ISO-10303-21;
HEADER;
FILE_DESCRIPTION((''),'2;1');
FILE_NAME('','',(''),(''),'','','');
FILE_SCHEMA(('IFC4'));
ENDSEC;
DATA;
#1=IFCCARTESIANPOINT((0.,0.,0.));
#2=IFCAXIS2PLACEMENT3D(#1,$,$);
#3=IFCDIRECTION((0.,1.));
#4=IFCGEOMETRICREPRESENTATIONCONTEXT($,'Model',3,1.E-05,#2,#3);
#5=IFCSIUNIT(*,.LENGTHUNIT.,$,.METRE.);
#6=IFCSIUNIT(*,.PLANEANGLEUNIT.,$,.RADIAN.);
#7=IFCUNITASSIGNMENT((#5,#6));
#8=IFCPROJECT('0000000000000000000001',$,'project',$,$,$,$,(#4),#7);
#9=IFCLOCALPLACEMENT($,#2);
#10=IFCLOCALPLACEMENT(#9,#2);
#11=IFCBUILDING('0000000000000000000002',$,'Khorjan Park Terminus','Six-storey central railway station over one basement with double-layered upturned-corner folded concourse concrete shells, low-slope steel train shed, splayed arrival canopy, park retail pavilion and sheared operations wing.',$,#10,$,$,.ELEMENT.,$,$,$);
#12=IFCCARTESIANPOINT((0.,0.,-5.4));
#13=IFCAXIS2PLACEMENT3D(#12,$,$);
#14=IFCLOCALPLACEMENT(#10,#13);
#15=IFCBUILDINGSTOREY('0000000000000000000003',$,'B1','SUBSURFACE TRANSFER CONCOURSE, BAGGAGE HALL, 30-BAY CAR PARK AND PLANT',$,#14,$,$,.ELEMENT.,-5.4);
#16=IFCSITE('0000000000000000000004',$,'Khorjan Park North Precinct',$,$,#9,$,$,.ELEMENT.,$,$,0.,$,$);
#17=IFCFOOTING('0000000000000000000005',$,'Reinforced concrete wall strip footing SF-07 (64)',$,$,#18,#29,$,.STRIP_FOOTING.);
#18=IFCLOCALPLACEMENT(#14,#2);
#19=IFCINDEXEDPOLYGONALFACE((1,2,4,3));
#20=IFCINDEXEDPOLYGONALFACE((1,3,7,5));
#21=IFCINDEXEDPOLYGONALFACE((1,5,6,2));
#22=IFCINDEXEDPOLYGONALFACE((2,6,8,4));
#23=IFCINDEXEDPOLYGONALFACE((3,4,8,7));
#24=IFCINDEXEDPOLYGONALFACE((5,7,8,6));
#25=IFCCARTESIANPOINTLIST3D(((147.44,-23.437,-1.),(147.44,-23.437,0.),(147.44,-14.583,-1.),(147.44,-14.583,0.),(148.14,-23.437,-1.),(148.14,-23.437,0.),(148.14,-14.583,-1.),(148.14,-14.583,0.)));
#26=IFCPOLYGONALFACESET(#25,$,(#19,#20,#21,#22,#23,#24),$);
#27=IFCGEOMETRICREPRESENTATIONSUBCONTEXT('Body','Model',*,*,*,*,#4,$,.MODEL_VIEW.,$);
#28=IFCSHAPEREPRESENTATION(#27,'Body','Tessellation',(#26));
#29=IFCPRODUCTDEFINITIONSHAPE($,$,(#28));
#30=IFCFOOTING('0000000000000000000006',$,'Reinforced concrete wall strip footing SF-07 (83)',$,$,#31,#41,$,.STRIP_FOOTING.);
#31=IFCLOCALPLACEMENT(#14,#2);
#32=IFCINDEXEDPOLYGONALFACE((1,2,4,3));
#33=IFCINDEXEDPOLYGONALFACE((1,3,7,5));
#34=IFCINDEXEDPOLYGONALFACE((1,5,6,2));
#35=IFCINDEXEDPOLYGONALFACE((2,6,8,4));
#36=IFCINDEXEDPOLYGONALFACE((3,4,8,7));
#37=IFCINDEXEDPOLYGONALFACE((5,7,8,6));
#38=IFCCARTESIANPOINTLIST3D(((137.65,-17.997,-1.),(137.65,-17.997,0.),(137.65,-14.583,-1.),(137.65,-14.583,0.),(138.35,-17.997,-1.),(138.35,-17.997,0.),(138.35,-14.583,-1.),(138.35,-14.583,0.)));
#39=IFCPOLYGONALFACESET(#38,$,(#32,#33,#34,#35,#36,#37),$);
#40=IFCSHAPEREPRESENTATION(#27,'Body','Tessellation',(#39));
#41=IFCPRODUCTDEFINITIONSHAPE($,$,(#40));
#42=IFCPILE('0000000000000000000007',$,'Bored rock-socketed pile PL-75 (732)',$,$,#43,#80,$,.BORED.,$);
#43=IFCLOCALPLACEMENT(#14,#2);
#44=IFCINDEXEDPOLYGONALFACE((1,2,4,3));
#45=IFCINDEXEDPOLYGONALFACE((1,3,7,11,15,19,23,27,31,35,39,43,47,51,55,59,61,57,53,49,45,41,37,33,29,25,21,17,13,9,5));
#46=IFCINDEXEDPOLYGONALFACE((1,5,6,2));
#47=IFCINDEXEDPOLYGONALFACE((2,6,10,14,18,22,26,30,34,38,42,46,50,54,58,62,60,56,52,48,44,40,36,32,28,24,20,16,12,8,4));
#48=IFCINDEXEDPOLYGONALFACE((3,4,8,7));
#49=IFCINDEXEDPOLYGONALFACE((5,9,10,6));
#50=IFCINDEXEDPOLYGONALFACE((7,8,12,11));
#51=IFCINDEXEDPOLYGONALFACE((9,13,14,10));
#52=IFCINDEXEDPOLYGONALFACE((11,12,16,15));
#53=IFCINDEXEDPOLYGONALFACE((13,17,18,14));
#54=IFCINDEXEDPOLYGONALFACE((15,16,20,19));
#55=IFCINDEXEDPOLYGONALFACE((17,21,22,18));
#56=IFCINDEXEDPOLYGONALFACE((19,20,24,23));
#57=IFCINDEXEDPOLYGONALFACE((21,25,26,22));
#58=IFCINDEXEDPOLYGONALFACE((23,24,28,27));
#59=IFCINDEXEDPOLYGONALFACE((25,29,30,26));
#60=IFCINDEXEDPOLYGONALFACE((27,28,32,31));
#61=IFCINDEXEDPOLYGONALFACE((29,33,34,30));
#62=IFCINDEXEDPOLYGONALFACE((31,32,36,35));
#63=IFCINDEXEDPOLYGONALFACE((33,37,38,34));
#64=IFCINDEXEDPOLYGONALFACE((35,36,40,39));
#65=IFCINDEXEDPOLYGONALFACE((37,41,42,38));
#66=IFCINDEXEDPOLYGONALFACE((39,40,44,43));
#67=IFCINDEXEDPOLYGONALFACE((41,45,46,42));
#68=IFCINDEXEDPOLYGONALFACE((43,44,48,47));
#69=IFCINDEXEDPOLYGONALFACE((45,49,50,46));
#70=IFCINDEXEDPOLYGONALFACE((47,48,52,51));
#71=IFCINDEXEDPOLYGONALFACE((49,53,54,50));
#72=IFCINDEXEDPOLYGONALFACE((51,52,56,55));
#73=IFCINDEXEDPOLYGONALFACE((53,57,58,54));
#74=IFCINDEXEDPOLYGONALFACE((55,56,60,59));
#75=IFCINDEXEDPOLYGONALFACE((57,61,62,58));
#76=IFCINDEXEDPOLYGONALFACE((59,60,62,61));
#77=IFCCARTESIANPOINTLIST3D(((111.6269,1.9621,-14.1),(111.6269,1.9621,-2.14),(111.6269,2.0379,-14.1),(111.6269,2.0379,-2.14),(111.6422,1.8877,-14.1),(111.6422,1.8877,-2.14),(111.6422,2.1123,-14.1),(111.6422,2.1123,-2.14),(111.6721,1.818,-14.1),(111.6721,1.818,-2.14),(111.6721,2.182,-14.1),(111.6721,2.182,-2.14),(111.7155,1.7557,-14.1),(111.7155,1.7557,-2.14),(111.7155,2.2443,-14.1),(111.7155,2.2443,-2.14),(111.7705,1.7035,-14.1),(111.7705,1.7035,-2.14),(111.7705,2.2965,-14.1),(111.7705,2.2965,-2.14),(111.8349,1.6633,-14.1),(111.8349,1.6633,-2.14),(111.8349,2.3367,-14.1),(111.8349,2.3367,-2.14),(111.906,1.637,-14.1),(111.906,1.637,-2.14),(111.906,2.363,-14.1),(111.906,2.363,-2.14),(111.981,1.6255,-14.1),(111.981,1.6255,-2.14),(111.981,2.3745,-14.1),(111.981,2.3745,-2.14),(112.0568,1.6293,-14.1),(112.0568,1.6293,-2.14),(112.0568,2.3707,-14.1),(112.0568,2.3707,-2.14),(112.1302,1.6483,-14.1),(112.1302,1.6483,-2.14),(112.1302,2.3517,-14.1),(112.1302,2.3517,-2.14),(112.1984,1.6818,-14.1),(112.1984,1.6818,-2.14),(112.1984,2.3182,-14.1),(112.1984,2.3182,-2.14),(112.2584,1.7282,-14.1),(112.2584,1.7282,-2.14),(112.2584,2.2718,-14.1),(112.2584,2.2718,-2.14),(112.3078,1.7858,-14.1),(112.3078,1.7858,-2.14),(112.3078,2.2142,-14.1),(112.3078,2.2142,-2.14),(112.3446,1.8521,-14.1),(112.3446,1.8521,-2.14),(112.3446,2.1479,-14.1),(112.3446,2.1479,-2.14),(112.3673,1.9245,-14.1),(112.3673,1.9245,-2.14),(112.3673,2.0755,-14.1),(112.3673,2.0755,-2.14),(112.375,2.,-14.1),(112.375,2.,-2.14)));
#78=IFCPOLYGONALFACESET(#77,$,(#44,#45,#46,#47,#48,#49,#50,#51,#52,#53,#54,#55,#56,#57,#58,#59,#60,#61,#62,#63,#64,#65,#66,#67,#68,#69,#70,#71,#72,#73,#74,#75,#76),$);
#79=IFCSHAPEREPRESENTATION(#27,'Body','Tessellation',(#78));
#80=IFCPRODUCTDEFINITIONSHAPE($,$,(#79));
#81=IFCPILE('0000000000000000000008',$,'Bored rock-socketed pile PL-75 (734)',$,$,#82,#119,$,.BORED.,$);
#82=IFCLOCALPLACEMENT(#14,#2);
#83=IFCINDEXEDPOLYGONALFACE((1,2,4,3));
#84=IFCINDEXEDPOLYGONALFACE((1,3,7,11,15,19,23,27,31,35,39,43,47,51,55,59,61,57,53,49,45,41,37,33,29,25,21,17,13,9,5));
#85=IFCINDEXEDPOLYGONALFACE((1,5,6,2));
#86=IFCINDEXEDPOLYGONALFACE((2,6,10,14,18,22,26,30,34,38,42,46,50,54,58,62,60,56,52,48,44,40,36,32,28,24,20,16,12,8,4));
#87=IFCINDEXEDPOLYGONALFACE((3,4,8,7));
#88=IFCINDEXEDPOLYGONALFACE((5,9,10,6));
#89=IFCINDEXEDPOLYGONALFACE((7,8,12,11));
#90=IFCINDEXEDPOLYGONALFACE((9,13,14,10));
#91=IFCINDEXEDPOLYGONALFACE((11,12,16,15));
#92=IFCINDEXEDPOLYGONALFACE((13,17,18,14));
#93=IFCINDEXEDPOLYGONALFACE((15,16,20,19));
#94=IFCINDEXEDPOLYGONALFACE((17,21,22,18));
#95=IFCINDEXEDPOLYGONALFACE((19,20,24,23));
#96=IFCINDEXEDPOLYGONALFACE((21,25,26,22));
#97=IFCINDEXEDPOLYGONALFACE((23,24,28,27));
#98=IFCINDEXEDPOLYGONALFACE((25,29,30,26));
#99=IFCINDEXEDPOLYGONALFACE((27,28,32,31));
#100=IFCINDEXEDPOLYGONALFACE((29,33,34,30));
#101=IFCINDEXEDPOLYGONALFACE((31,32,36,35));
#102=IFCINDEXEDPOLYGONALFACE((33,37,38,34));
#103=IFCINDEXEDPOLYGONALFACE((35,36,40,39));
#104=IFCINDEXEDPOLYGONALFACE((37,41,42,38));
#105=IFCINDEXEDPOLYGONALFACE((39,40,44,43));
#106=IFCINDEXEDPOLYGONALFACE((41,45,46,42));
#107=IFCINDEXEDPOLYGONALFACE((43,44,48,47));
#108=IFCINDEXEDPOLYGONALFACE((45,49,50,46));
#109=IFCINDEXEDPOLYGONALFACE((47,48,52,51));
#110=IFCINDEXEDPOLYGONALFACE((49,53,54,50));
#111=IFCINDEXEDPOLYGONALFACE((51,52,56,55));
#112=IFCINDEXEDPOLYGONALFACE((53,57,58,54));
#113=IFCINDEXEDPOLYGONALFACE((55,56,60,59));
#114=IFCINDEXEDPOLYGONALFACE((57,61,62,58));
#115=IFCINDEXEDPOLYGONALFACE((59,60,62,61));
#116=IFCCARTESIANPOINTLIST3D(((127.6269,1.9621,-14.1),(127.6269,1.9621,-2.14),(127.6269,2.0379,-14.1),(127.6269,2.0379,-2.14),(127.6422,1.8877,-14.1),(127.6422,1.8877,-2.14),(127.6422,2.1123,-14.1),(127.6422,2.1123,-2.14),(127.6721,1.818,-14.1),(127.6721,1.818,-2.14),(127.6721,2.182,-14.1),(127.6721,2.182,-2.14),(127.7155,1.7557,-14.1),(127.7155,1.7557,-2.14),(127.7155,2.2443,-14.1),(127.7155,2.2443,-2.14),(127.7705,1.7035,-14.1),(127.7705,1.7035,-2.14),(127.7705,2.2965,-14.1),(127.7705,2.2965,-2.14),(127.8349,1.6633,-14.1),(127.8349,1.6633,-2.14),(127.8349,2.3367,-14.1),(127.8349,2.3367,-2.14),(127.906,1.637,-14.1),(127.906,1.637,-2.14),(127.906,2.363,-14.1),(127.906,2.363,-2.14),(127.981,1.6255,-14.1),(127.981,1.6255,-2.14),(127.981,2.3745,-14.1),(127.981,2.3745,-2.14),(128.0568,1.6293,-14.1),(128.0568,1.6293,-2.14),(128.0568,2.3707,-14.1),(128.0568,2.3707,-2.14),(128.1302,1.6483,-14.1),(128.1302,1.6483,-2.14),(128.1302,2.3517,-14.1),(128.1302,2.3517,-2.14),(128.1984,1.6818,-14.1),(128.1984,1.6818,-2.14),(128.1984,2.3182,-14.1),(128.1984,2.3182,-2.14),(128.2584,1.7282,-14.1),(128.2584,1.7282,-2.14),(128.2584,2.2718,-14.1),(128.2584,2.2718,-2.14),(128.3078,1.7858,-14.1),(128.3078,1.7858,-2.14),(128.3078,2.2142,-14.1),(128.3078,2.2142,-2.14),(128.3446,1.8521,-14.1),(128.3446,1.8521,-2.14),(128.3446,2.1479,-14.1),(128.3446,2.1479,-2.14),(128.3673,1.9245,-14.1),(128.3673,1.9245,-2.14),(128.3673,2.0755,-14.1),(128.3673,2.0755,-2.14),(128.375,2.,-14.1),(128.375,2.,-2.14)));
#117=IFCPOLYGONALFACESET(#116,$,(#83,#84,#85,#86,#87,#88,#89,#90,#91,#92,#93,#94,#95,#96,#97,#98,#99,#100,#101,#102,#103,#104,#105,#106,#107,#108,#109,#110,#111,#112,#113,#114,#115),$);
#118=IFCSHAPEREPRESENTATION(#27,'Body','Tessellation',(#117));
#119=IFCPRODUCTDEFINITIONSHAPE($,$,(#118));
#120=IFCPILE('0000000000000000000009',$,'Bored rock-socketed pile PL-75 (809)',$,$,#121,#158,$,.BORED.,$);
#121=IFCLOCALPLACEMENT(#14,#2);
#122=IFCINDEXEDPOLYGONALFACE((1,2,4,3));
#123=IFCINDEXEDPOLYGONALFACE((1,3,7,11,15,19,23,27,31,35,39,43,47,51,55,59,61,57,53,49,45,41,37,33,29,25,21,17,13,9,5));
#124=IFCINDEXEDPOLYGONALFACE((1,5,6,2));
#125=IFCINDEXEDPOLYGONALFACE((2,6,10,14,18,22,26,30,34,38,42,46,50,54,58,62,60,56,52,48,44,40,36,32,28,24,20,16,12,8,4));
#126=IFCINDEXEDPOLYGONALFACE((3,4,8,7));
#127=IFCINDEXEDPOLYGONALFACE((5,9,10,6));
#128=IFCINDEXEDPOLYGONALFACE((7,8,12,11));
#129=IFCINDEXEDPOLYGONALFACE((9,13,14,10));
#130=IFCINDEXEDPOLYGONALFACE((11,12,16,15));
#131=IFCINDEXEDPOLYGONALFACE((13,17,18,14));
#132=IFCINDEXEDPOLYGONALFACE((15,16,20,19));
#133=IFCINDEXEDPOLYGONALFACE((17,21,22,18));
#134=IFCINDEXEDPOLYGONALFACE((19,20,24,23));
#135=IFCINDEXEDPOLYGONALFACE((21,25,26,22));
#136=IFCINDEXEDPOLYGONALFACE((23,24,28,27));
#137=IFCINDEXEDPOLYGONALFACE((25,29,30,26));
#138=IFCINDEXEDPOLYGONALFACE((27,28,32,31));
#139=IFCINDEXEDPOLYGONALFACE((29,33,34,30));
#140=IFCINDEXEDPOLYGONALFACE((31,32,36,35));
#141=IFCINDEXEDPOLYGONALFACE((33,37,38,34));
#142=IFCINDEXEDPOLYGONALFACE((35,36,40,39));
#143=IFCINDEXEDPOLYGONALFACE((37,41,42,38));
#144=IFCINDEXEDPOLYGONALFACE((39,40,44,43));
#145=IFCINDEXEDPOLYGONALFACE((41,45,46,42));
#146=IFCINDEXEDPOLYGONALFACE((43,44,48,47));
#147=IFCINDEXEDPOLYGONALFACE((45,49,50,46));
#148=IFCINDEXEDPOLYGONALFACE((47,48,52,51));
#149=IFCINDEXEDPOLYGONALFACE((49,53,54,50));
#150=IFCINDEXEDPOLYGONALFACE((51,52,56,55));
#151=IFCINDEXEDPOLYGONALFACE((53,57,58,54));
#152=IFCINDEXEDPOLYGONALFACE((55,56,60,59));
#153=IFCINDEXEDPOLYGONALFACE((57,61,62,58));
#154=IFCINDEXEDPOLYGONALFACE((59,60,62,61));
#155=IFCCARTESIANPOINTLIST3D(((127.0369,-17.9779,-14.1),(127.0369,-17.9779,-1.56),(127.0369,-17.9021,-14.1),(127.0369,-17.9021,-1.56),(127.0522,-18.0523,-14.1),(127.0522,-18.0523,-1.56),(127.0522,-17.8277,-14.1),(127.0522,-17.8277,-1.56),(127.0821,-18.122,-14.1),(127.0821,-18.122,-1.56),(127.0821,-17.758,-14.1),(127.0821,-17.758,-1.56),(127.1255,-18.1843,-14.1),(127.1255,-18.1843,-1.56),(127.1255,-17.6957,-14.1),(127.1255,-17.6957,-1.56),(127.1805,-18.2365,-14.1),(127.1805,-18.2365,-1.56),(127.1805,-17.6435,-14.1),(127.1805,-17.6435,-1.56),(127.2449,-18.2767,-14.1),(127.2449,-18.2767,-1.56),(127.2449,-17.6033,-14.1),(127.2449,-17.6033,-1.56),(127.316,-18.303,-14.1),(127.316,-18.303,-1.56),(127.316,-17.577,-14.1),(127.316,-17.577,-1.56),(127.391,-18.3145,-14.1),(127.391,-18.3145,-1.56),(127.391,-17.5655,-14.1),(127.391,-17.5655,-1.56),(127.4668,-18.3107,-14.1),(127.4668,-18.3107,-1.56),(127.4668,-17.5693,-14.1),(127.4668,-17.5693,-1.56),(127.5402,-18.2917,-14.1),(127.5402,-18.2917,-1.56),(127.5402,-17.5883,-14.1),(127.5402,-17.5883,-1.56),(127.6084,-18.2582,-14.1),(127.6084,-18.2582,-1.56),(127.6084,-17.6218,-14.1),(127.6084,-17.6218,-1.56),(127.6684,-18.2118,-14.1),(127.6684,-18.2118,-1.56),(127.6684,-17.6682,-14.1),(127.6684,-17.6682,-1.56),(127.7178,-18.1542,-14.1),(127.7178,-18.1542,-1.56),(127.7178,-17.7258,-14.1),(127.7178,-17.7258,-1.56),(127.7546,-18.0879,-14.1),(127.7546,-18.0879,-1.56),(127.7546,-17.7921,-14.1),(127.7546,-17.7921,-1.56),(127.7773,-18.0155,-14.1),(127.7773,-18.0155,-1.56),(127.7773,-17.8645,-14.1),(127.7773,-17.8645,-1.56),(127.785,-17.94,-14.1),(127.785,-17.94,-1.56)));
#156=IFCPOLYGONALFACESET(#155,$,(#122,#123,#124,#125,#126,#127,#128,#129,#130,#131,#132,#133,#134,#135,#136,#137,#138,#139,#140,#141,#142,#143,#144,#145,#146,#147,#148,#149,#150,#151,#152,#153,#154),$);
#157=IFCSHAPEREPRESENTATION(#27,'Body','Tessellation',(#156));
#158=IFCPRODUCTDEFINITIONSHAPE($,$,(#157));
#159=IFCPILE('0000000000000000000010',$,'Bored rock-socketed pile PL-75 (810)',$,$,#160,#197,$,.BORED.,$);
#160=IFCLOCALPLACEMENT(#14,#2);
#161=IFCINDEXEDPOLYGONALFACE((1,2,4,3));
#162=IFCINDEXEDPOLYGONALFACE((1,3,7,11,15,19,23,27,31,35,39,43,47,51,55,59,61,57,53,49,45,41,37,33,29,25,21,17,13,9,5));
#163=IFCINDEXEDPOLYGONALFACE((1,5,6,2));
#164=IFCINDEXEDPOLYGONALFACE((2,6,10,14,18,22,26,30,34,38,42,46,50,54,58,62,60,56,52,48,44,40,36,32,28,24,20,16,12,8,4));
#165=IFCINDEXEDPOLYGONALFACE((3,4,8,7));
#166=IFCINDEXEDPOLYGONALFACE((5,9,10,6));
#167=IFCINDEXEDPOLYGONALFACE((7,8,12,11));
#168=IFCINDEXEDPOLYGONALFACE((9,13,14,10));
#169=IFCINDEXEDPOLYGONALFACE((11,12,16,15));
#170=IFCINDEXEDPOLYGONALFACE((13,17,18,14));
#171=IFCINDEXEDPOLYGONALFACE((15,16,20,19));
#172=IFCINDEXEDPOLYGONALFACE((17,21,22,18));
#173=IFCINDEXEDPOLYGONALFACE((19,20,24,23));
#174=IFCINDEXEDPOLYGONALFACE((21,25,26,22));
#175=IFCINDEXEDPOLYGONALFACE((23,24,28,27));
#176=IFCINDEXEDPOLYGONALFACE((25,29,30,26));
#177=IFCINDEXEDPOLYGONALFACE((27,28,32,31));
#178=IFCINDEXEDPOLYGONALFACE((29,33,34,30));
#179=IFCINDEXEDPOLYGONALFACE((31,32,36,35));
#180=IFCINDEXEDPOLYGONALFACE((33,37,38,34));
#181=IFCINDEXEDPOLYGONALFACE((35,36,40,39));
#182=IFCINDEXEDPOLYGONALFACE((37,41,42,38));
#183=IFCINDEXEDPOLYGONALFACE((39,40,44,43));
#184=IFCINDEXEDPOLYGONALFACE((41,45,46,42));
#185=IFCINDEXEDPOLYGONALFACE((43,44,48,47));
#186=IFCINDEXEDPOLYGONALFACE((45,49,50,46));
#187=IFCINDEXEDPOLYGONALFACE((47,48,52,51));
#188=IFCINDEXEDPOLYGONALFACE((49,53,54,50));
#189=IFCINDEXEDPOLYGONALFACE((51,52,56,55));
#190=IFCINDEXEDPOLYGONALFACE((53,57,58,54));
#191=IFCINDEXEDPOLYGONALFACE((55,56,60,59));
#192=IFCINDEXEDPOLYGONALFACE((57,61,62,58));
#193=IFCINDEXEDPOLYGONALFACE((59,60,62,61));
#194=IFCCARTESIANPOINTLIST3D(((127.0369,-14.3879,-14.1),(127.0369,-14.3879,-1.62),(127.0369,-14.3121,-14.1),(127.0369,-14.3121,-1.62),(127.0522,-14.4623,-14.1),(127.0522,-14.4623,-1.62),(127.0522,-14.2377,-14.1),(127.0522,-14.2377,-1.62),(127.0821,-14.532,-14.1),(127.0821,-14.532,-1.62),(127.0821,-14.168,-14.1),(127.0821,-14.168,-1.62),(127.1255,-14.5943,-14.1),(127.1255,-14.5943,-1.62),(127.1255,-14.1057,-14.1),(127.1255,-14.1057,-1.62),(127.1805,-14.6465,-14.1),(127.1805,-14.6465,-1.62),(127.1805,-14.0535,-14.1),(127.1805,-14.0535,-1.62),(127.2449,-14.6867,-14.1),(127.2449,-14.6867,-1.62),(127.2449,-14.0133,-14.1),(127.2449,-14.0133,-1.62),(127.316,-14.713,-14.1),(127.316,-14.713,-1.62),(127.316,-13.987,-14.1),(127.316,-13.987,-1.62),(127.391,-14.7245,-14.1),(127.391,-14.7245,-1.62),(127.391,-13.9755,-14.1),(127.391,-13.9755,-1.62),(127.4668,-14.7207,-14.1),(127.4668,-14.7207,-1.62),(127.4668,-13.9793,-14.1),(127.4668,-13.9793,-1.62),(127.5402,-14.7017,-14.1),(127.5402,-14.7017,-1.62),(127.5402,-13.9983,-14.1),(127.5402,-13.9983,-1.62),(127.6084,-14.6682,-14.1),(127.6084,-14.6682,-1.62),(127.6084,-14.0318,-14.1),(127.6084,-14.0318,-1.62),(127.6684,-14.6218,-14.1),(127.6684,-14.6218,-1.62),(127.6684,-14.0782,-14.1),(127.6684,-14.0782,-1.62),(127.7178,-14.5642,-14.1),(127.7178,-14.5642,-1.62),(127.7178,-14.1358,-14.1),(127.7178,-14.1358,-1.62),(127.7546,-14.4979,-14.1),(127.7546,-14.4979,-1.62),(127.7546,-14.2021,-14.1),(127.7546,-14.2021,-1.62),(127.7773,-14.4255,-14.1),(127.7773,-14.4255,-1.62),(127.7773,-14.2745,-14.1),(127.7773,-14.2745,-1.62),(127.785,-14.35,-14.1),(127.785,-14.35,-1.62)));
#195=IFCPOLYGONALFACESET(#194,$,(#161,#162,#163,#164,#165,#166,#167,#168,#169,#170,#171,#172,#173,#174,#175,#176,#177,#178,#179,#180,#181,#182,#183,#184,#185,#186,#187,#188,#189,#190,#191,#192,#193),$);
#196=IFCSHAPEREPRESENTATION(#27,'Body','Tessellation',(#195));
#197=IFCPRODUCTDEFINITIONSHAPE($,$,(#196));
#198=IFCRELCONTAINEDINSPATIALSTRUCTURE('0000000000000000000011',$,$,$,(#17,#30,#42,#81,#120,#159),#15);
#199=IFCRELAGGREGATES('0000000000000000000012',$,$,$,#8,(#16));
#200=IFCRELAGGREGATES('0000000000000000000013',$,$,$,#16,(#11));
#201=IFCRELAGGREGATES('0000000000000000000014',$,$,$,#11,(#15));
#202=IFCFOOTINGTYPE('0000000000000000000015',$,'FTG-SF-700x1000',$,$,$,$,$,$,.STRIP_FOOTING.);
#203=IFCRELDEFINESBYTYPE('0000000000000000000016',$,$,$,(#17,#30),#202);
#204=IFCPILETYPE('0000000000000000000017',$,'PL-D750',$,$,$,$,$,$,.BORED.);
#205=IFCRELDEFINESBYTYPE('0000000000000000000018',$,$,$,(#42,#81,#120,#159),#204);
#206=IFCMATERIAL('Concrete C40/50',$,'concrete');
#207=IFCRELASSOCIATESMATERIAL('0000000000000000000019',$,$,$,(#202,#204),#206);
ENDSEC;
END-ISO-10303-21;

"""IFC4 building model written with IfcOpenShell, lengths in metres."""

from ifc_helpers import new_model, si_unit, direction, frame, origin, origin_2d, place, context, subcontext, project, spatial, rectangle, circle, extrude, material, material_profile, profile_set, type_object, element, save


model = new_model("IFC4")

# Units and contexts
model_context = context("Model", 3, precision=1e-05, world=origin(), true_north=direction((0.0, 1.0)))
body_context = subcontext(model_context, "Body", "Model", "MODEL_VIEW")
ifc_project = project(units=[si_unit("LENGTHUNIT", "METRE"), si_unit("PLANEANGLEUNIT", "RADIAN")], contexts=[model_context])

# Site, building, storey
site_placement = place(None, origin())
site = spatial("IfcSite", under=ifc_project, at=site_placement, Name="Khorjan Park North Precinct", CompositionType="ELEMENT", RefElevation=0.0)
building_placement = place(site_placement, origin())
building = spatial("IfcBuilding", under=site, at=building_placement, Name="Khorjan Park Terminus", Description="Six-storey central railway station over one basement with double-layered upturned-corner folded concourse concrete shells, low-slope steel train shed, splayed arrival canopy, park retail pavilion and sheared operations wing.", CompositionType="ELEMENT")
storey_placement = place(building_placement, frame((0.0, 0.0, -5.4)))
storey = spatial("IfcBuildingStorey", under=building, at=storey_placement, Name="B1", Description="SUBSURFACE TRANSFER CONCOURSE, BAGGAGE HALL, 30-BAY CAR PARK AND PLANT", CompositionType="ELEMENT", Elevation=-5.4)

# Footings
ifc_material_1 = material(Name="Concrete C40/50", Category="concrete")
ifc_material_profile_1 = material_profile(ifc_material_1, rectangle(XDim=0.7, YDim=1.0, at=origin_2d()), Name="RC 700x1000")
ifc_profile_set_1 = profile_set([ifc_material_profile_1], Name="Concrete C40/50")
footing_type_1 = type_object("IfcFootingType", Name="FTG-SF-700x1000", PredefinedType="STRIP_FOOTING", material=ifc_profile_set_1)
footing_1_placement = place(storey_placement, frame((147.79, -14.583, -0.5), z_axis=(0.0, -1.0, 0.0), x_axis=(1.0, 0.0, 0.0)))
element("IfcFooting", 1, at=footing_1_placement, inside=storey, type_object=footing_type_1, Name="Reinforced concrete wall strip footing SF-07 (64)", PredefinedType="STRIP_FOOTING", context=body_context, shape_type="SweptSolid", body=[
    extrude(rectangle(XDim=0.7, YDim=1.0, at=origin_2d()), origin(), (0.0, 0.0, 1.0), 8.854),
])
footing_2_placement = place(storey_placement, frame((138.0, -17.997, -0.5), z_axis=(0.0, 1.0, 0.0), x_axis=(-1.0, 0.0, 0.0)))
element("IfcFooting", 2, at=footing_2_placement, inside=storey, type_object=footing_type_1, Name="Reinforced concrete wall strip footing SF-07 (83)", PredefinedType="STRIP_FOOTING", context=body_context, shape_type="SweptSolid", body=[
    extrude(rectangle(XDim=0.7, YDim=1.0, at=origin_2d()), origin(), (0.0, 0.0, 1.0), 3.414),
])

# Piles
ifc_material_profile_2 = material_profile(ifc_material_1, circle(Radius=0.375, at=origin_2d()), Name="BORED D750")
ifc_profile_set_2 = profile_set([ifc_material_profile_2], Name="Concrete C40/50")
pile_type_1 = type_object("IfcPileType", Name="PL-D750", PredefinedType="BORED", material=ifc_profile_set_2)
for number, where, z_axis, x_axis, name in (
    (3, (112.0, 2.0, -2.14), (0.0, 0.0, -1.0), (1.0, 0.0, 0.0), "Bored rock-socketed pile PL-75 (732)"),
    (4, (128.0, 2.0, -2.14), (0.0, 0.0, -1.0), (1.0, 0.0, 0.0), "Bored rock-socketed pile PL-75 (734)"),
):
    element("IfcPile", number, at=place(storey_placement, frame(where, z_axis=z_axis, x_axis=x_axis)), inside=storey, type_object=pile_type_1, Name=name, PredefinedType="BORED", context=body_context, shape_type="SweptSolid", body=[
        extrude(circle(Radius=0.375, at=origin_2d()), origin(), (0.0, 0.0, 1.0), 11.96),
    ])
pile_1_placement = place(storey_placement, frame((127.41, -17.94, -1.56), z_axis=(0.0, 0.0, -1.0), x_axis=(1.0, 0.0, 0.0)))
element("IfcPile", 5, at=pile_1_placement, inside=storey, type_object=pile_type_1, Name="Bored rock-socketed pile PL-75 (809)", PredefinedType="BORED", context=body_context, shape_type="SweptSolid", body=[
    extrude(circle(Radius=0.375, at=origin_2d()), origin(), (0.0, 0.0, 1.0), 12.54),
])
pile_2_placement = place(storey_placement, frame((127.41, -14.35, -1.62), z_axis=(0.0, 0.0, -1.0), x_axis=(1.0, 0.0, 0.0)))
element("IfcPile", 6, at=pile_2_placement, inside=storey, type_object=pile_type_1, Name="Bored rock-socketed pile PL-75 (810)", PredefinedType="BORED", context=body_context, shape_type="SweptSolid", body=[
    extrude(circle(Radius=0.375, at=origin_2d()), origin(), (0.0, 0.0, 1.0), 12.48),
])

save(model, "model.ifc")
